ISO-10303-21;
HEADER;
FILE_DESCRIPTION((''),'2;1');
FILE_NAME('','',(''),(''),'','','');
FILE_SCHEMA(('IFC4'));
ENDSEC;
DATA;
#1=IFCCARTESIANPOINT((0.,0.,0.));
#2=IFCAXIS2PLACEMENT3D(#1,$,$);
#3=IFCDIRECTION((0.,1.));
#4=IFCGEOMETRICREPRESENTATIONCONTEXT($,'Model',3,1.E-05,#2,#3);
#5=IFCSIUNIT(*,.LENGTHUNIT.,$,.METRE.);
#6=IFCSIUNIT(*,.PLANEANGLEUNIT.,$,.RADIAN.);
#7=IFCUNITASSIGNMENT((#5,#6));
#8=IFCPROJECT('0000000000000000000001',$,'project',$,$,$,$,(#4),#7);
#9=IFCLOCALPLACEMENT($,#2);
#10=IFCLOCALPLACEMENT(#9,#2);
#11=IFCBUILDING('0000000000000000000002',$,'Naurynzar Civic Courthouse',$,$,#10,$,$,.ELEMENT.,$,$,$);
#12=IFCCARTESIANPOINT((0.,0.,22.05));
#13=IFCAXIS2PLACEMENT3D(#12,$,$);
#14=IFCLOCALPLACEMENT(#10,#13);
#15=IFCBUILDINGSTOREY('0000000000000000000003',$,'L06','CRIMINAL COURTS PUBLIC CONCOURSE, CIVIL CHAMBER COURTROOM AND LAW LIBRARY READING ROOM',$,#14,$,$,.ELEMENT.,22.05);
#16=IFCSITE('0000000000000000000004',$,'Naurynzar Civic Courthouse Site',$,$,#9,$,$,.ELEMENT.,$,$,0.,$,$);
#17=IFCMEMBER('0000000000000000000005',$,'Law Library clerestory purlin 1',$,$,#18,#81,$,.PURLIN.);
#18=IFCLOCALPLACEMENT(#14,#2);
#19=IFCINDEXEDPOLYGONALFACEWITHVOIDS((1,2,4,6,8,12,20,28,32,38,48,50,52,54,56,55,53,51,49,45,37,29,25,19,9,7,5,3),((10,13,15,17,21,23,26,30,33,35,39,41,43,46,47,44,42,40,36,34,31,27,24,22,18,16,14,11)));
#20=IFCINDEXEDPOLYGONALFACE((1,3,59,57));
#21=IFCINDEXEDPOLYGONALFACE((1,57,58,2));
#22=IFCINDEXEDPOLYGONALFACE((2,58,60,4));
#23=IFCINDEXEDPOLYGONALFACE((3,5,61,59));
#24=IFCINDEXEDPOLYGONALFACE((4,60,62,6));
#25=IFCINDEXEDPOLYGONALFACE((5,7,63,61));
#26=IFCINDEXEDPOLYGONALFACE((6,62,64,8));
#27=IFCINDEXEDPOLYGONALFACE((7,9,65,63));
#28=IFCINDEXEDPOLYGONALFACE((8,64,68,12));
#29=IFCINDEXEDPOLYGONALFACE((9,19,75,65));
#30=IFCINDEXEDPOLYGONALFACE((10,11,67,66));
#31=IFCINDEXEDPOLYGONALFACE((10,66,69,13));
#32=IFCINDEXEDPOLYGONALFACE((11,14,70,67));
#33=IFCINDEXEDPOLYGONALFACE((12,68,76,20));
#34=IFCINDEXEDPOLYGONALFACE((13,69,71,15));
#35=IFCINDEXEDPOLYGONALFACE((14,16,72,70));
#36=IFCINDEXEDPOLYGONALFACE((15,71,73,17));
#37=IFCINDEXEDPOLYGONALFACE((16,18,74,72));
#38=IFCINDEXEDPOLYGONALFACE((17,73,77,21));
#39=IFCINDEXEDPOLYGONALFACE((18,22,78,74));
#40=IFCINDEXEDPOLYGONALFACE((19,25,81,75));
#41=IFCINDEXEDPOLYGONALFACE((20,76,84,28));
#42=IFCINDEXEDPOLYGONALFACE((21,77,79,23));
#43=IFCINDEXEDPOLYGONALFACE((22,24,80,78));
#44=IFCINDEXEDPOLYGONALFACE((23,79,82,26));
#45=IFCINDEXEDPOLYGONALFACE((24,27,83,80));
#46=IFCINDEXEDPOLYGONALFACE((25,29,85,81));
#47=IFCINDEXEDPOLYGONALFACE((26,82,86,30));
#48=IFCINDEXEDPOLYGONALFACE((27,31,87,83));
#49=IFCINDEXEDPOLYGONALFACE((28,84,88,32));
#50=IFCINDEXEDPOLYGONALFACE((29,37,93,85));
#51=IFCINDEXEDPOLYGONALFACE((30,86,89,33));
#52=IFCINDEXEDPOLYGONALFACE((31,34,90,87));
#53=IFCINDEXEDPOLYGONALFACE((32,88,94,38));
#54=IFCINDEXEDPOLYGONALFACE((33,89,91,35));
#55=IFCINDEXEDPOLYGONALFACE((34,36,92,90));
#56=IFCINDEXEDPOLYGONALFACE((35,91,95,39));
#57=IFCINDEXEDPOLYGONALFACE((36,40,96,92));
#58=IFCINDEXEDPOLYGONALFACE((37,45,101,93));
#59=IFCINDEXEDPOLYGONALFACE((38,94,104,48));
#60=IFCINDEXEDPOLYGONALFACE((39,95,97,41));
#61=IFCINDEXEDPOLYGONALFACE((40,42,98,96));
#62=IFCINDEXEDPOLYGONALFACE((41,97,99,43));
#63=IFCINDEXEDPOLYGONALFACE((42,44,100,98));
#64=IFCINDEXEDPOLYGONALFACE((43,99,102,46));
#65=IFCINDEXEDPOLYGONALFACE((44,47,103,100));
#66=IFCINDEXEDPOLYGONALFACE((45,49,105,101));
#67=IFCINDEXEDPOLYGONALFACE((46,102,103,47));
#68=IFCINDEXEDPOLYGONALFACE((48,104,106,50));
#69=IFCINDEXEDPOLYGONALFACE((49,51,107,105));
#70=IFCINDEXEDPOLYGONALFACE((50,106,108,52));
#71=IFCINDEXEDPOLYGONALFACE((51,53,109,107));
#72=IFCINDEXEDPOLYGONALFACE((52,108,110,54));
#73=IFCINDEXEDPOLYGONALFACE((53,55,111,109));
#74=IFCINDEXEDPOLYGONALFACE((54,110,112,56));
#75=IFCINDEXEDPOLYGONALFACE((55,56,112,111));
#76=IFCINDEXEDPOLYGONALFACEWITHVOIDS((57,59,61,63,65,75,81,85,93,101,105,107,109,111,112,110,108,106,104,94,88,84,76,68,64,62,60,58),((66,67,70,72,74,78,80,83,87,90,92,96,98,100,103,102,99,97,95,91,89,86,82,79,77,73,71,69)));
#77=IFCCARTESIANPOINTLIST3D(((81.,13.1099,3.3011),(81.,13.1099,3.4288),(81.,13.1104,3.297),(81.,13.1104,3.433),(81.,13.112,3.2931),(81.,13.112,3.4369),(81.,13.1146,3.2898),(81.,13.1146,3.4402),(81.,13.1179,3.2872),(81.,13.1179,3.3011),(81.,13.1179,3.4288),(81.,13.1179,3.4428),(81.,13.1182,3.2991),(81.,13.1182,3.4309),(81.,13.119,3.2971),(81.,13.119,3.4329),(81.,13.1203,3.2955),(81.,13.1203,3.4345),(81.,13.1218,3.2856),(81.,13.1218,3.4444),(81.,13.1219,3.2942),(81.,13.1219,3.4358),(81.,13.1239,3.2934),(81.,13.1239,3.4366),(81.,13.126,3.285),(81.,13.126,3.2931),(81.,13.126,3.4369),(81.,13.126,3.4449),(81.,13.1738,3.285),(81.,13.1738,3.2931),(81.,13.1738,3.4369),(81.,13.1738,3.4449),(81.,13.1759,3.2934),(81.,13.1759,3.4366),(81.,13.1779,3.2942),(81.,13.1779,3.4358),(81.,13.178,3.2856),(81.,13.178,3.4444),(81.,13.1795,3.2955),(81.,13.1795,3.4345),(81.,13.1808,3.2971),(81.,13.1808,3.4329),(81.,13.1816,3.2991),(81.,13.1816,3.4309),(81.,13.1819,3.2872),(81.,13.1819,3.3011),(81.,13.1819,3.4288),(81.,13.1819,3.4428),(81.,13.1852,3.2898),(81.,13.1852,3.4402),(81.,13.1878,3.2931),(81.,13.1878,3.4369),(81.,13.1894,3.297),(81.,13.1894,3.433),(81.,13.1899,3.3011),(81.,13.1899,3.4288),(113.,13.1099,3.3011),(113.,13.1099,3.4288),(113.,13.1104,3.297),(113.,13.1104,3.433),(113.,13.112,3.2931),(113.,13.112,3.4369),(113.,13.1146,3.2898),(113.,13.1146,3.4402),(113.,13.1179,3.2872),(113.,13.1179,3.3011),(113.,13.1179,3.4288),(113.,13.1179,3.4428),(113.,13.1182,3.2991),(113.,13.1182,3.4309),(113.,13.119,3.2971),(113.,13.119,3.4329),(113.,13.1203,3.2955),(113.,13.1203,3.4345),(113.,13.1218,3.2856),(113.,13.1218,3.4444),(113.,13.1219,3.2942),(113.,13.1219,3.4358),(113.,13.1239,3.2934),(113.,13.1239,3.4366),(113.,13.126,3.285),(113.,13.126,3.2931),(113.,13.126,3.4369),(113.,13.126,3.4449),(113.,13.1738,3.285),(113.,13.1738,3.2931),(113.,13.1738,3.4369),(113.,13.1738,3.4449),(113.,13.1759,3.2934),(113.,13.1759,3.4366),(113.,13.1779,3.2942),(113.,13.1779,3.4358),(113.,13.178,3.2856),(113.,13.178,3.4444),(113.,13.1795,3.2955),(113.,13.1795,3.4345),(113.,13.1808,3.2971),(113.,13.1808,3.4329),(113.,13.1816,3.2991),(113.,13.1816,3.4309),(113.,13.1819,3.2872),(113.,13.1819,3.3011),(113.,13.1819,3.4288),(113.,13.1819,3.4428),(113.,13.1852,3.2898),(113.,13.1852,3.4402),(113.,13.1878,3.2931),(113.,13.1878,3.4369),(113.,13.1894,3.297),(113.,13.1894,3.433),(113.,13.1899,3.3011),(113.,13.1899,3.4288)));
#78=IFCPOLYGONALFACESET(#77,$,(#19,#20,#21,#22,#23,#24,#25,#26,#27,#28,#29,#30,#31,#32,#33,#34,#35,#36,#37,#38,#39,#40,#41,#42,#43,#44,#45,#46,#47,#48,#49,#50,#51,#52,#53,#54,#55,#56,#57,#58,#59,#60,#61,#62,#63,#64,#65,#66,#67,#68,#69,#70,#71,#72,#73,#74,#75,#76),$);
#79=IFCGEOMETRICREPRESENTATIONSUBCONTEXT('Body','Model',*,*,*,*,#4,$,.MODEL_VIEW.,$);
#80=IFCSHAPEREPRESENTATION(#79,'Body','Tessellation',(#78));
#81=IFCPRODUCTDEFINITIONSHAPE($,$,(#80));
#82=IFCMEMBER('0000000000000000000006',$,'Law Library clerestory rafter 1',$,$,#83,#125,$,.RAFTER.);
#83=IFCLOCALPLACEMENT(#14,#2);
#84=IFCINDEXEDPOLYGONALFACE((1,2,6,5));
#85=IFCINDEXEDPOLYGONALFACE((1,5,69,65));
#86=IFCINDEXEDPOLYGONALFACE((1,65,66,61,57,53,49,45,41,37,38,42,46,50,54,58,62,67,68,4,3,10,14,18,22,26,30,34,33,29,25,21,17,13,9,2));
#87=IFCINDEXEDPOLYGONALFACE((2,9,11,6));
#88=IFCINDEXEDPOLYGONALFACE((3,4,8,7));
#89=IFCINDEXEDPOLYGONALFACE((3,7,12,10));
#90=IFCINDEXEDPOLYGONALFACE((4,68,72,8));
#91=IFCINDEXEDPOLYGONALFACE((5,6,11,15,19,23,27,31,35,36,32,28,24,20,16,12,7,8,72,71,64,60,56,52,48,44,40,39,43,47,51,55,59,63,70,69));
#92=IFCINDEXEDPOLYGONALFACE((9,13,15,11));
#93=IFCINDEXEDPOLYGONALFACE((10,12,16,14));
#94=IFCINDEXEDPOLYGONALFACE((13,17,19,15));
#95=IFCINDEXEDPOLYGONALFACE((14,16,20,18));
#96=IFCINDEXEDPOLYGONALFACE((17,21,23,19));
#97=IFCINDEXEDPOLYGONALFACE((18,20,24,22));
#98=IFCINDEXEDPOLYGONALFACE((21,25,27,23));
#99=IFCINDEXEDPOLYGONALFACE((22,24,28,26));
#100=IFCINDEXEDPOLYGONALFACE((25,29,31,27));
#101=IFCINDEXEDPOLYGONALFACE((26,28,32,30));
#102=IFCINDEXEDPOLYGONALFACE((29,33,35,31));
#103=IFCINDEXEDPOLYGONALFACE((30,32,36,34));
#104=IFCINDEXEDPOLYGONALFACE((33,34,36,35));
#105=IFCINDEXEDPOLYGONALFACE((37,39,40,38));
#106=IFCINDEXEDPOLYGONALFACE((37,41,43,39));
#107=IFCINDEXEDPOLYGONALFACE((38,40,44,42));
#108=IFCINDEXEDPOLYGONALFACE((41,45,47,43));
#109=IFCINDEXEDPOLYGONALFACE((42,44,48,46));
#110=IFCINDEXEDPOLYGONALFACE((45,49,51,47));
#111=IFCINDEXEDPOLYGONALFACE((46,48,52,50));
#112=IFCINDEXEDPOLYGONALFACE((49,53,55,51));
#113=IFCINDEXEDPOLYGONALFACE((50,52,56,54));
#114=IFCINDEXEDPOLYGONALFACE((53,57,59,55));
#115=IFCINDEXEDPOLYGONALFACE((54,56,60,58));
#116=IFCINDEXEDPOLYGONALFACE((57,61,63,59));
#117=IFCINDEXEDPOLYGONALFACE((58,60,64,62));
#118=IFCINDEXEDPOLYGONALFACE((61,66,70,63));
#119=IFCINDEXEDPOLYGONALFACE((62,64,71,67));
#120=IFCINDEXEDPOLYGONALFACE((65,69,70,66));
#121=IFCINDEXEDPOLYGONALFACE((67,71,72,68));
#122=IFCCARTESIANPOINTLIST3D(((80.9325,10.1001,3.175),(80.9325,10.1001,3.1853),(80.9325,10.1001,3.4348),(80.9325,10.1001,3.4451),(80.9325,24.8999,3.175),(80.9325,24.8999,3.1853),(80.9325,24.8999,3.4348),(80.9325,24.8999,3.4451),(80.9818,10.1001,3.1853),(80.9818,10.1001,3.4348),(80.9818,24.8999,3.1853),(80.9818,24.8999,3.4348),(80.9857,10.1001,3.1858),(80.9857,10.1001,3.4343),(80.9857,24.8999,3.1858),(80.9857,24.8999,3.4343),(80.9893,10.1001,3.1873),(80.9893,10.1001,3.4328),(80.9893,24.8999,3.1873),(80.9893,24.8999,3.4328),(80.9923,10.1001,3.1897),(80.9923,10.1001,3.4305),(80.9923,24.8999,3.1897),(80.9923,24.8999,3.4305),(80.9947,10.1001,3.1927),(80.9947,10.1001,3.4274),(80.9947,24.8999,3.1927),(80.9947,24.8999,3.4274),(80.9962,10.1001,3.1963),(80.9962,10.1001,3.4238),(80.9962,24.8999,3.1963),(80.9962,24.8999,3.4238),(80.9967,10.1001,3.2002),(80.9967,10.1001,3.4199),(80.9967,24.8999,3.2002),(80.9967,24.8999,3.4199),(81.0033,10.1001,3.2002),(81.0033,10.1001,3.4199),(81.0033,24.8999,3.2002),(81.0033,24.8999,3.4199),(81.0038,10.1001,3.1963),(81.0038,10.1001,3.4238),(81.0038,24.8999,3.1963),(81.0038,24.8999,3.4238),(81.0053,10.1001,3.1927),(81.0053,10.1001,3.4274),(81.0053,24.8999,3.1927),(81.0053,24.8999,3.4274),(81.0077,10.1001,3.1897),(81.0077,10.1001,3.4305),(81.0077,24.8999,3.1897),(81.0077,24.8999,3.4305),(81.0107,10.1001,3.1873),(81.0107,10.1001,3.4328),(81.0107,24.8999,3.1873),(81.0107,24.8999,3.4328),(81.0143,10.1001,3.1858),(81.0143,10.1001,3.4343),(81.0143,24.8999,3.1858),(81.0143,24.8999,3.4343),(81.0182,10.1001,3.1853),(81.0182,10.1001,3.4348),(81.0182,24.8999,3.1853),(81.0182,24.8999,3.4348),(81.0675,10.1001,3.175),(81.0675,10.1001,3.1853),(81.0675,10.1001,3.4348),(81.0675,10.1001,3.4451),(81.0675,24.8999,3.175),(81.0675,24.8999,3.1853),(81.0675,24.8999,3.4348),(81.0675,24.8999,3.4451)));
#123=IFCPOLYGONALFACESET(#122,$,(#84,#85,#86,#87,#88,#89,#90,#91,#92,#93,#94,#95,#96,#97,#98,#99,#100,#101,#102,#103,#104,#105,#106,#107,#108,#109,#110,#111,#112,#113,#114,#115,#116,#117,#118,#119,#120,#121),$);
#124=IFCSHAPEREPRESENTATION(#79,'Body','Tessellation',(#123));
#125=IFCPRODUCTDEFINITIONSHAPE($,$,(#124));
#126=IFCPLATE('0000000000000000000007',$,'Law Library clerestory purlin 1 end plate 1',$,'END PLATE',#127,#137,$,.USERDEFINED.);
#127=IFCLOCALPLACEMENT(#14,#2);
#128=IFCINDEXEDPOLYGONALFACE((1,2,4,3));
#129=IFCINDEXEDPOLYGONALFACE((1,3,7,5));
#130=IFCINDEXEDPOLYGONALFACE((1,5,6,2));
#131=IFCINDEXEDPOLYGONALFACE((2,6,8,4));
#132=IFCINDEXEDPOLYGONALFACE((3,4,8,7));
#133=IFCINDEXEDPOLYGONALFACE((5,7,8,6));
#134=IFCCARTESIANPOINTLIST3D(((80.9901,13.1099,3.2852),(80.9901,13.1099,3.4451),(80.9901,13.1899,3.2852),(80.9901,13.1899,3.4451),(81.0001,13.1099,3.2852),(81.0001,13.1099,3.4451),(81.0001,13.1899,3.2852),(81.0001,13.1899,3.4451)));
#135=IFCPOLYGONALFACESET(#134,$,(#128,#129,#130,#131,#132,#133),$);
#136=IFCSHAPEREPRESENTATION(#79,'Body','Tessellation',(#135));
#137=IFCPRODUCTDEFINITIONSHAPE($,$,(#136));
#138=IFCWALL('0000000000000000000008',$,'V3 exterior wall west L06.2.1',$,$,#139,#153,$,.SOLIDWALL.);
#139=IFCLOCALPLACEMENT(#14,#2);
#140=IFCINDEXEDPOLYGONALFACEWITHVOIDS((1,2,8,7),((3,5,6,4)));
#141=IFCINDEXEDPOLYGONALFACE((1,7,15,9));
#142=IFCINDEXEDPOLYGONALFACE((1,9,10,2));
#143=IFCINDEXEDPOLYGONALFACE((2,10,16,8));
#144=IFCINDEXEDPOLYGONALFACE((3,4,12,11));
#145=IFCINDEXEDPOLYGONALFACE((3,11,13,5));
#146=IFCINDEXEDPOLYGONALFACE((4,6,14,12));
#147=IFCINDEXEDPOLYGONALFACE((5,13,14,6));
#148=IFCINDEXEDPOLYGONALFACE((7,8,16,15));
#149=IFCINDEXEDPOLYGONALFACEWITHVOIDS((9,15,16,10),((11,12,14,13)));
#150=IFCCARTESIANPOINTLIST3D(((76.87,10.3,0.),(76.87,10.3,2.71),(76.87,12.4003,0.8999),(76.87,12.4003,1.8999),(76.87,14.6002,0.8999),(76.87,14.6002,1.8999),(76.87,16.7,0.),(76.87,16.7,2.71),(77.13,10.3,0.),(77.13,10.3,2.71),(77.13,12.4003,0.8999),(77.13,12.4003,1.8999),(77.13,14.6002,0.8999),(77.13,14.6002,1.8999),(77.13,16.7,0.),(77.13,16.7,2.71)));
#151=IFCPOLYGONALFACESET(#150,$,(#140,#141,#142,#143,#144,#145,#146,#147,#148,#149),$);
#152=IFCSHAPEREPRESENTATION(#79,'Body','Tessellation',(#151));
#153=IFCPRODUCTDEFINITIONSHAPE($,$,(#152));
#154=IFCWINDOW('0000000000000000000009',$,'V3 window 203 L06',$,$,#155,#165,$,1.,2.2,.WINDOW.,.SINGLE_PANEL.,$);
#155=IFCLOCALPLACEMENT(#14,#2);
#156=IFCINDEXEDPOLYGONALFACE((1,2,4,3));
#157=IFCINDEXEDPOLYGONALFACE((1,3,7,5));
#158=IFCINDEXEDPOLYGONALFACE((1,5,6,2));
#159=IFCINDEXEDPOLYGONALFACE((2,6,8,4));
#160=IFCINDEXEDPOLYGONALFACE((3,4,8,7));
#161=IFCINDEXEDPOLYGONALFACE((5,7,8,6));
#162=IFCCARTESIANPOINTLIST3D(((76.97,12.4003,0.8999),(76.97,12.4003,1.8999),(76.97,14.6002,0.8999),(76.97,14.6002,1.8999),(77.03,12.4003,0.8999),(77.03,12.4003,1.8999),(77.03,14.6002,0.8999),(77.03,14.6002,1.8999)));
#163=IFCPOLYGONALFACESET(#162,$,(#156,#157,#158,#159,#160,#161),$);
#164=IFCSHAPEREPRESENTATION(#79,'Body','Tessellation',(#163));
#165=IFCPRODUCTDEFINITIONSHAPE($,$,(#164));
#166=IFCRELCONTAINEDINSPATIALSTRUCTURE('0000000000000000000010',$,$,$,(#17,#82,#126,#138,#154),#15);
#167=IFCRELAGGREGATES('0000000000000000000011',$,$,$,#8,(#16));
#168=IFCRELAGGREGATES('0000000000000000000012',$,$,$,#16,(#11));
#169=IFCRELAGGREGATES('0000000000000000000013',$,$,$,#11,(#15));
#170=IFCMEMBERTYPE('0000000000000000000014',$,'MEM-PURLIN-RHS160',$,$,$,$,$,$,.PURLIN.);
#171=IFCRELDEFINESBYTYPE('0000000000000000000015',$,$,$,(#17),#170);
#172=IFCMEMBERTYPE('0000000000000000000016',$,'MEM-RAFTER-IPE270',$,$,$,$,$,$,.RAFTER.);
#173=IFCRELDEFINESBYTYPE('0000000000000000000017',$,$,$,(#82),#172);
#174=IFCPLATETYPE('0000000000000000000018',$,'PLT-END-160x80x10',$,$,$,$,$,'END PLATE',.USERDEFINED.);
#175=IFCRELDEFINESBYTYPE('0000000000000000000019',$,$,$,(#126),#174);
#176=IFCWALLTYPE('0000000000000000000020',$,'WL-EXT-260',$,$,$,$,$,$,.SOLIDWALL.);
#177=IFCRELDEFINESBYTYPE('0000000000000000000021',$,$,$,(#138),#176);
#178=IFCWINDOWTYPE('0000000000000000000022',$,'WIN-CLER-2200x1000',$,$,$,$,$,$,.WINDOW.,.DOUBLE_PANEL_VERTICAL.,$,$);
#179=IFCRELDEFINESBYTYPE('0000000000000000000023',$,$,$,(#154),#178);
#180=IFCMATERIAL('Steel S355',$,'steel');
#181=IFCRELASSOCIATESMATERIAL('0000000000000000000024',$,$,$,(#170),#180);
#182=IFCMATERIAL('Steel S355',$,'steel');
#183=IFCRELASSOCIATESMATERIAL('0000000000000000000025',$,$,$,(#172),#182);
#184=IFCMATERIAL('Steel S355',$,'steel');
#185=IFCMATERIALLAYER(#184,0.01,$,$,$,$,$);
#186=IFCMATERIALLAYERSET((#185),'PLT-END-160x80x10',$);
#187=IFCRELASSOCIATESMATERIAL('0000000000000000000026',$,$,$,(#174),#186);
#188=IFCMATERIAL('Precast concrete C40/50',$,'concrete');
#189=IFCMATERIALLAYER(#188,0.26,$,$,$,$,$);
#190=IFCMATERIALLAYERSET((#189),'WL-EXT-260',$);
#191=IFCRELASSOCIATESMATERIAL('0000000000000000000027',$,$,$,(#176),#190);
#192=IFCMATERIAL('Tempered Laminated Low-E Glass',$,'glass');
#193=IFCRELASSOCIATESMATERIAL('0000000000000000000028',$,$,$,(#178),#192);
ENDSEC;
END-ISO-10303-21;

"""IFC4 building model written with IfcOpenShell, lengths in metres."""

from ifc_helpers import new_model, si_unit, direction, frame, frame_2d, origin, origin_2d, place, context, subcontext, project, spatial, rectangle, hollow_rectangle, i_section, extrude, material, layer, layer_set, material_profile, profile_set, type_object, element, fill, save


model = new_model("IFC4")

# Units and contexts
model_context = context("Model", 3, precision=1e-05, world=origin(), true_north=direction((0.0, 1.0)))
body_context = subcontext(model_context, "Body", "Model", "MODEL_VIEW")
ifc_project = project(units=[si_unit("LENGTHUNIT", "METRE"), si_unit("PLANEANGLEUNIT", "RADIAN")], contexts=[model_context])

# Site, building, storey
site_placement = place(None, origin())
site = spatial("IfcSite", under=ifc_project, at=site_placement, Name="Naurynzar Civic Courthouse Site", CompositionType="ELEMENT", RefElevation=0.0)
building_placement = place(site_placement, origin())
building = spatial("IfcBuilding", under=site, at=building_placement, Name="Naurynzar Civic Courthouse", CompositionType="ELEMENT")
storey_placement = place(building_placement, frame((0.0, 0.0, 22.05)))
storey = spatial("IfcBuildingStorey", under=building, at=storey_placement, Name="L06", Description="CRIMINAL COURTS PUBLIC CONCOURSE, CIVIL CHAMBER COURTROOM AND LAW LIBRARY READING ROOM", CompositionType="ELEMENT", Elevation=22.05)

# Members
ifc_material_1 = material(Name="Steel S355", Category="steel")
ifc_material_profile_1 = material_profile(ifc_material_1, hollow_rectangle(XDim=0.0801, YDim=0.1599, WallThickness=0.0081, InnerFilletRadius=0.0081, OuterFilletRadius=0.0161, at=origin_2d()), Name="RHS 160x80x8")
ifc_profile_set_1 = profile_set([ifc_material_profile_1], Name="Steel S355")
member_type_1 = type_object("IfcMemberType", Name="MEM-PURLIN-RHS160", PredefinedType="PURLIN", material=ifc_profile_set_1)
member_1_placement = place(storey_placement, frame((81.0, 13.1499, 3.365), z_axis=(1.0, 0.0, 0.0), x_axis=(0.0, 1.0, 0.0)))
element("IfcMember", 1, at=member_1_placement, inside=storey, type_object=member_type_1, Name="Law Library clerestory purlin 1", PredefinedType="PURLIN", context=body_context, shape_type="SweptSolid", body=[
    extrude(hollow_rectangle(XDim=0.0801, YDim=0.1599, WallThickness=0.0081, InnerFilletRadius=0.0081, OuterFilletRadius=0.0161, at=origin_2d()), origin(), (0.0, 0.0, 1.0), 32.0),
])
ifc_material_2 = material(Name="Steel S355", Category="steel")
ifc_material_profile_2 = material_profile(ifc_material_2, i_section(OverallWidth=0.135, OverallDepth=0.27, WebThickness=0.0066, FlangeThickness=0.0103, FilletRadius=0.0149, at=origin_2d()), Name="IPE 270")
ifc_profile_set_2 = profile_set([ifc_material_profile_2], Name="Steel S355")
member_type_2 = type_object("IfcMemberType", Name="MEM-RAFTER-IPE270", PredefinedType="RAFTER", material=ifc_profile_set_2)
member_2_placement = place(storey_placement, frame((81.0, 10.1001, 3.3101), z_axis=(0.0, 1.0, 0.0), x_axis=(-1.0, 0.0, 0.0)))
element("IfcMember", 2, at=member_2_placement, inside=storey, type_object=member_type_2, Name="Law Library clerestory rafter 1", PredefinedType="RAFTER", context=body_context, shape_type="SweptSolid", body=[
    extrude(i_section(OverallWidth=0.135, OverallDepth=0.27, WebThickness=0.0066, FlangeThickness=0.0103, FilletRadius=0.0149, at=origin_2d()), origin(), (0.0, 0.0, 1.0), 14.7998),
])

# Plate
ifc_material_3 = material(Name="Steel S355", Category="steel")
ifc_layer_1 = layer(ifc_material_3, 0.01)
ifc_layer_set_1 = layer_set([ifc_layer_1], Name="PLT-END-160x80x10")
plate_type = type_object("IfcPlateType", Name="PLT-END-160x80x10", ElementType="END PLATE", PredefinedType="USERDEFINED", material=ifc_layer_set_1)
plate_placement = place(storey_placement, frame((80.9951, 13.1499, 3.2852), z_axis=(0.0, 0.0, 1.0), x_axis=(1.0, 0.0, 0.0)))
element("IfcPlate", 3, at=plate_placement, inside=storey, type_object=plate_type, Name="Law Library clerestory purlin 1 end plate 1", ObjectType="END PLATE", PredefinedType="USERDEFINED", context=body_context, shape_type="SweptSolid", body=[
    extrude(rectangle(XDim=0.01, YDim=0.0801, at=origin_2d()), origin(), (0.0, 0.0, 1.0), 0.1599),
])

# Wall, opening, window
ifc_material_4 = material(Name="Precast concrete C40/50", Category="concrete")
ifc_layer_2 = layer(ifc_material_4, 0.26)
ifc_layer_set_2 = layer_set([ifc_layer_2], Name="WL-EXT-260")
wall_type_1 = type_object("IfcWallType", Name="WL-EXT-260", PredefinedType="SOLIDWALL", material=ifc_layer_set_2)
wall_1_placement = place(storey_placement, frame((77.0, 10.3, 0.0), z_axis=(0.0, 0.0, 1.0), x_axis=(0.0, 1.0, 0.0)))
wall_1 = element("IfcWall", 4, at=wall_1_placement, inside=storey, type_object=wall_type_1, Name="V3 exterior wall west L06.2.1", PredefinedType="SOLIDWALL", context=body_context, shape_type="SweptSolid", body=[
    extrude(rectangle(XDim=6.3999, YDim=0.26, at=frame_2d((3.2, 0.0))), origin(), (0.0, 0.0, 1.0), 2.71),
])
opening_1_placement = place(wall_1_placement, frame((2.1001, 0.0, 0.8999)))
opening_1 = element("IfcOpeningElement", 5, at=opening_1_placement, cuts=wall_1, PredefinedType="OPENING", context=body_context, shape_type="SweptSolid", body=[
    extrude(rectangle(XDim=2.2, YDim=1.0, at=frame_2d((1.1001, 0.5))), frame((0.0, 0.1399, 0.0), z_axis=(0.0, -1.0, 0.0), x_axis=(1.0, 0.0, 0.0)), (0.0, 0.0, 1.0), 0.28),
])
ifc_material_5 = material(Name="Tempered Laminated Low-E Glass", Category="glass")
window_type = type_object("IfcWindowType", Name="WIN-CLER-2200x1000", PartitioningType="DOUBLE_PANEL_VERTICAL", PredefinedType="WINDOW", material=ifc_material_5)
window_placement = place(opening_1_placement, origin())
window = element("IfcWindow", 6, at=window_placement, inside=storey, type_object=window_type, Name="V3 window 203 L06", OverallHeight=1.0, OverallWidth=2.2, PartitioningType="SINGLE_PANEL", PredefinedType="WINDOW", context=body_context, shape_type="SweptSolid", body=[
    extrude(rectangle(XDim=2.2, YDim=1.0, at=frame_2d((1.1001, 0.5))), frame((0.0, 0.03, 0.0), z_axis=(0.0, -1.0, 0.0), x_axis=(1.0, 0.0, 0.0)), (0.0, 0.0, 1.0), 0.0601),
])
fill(opening_1, window)

save(model, "model.ifc")
